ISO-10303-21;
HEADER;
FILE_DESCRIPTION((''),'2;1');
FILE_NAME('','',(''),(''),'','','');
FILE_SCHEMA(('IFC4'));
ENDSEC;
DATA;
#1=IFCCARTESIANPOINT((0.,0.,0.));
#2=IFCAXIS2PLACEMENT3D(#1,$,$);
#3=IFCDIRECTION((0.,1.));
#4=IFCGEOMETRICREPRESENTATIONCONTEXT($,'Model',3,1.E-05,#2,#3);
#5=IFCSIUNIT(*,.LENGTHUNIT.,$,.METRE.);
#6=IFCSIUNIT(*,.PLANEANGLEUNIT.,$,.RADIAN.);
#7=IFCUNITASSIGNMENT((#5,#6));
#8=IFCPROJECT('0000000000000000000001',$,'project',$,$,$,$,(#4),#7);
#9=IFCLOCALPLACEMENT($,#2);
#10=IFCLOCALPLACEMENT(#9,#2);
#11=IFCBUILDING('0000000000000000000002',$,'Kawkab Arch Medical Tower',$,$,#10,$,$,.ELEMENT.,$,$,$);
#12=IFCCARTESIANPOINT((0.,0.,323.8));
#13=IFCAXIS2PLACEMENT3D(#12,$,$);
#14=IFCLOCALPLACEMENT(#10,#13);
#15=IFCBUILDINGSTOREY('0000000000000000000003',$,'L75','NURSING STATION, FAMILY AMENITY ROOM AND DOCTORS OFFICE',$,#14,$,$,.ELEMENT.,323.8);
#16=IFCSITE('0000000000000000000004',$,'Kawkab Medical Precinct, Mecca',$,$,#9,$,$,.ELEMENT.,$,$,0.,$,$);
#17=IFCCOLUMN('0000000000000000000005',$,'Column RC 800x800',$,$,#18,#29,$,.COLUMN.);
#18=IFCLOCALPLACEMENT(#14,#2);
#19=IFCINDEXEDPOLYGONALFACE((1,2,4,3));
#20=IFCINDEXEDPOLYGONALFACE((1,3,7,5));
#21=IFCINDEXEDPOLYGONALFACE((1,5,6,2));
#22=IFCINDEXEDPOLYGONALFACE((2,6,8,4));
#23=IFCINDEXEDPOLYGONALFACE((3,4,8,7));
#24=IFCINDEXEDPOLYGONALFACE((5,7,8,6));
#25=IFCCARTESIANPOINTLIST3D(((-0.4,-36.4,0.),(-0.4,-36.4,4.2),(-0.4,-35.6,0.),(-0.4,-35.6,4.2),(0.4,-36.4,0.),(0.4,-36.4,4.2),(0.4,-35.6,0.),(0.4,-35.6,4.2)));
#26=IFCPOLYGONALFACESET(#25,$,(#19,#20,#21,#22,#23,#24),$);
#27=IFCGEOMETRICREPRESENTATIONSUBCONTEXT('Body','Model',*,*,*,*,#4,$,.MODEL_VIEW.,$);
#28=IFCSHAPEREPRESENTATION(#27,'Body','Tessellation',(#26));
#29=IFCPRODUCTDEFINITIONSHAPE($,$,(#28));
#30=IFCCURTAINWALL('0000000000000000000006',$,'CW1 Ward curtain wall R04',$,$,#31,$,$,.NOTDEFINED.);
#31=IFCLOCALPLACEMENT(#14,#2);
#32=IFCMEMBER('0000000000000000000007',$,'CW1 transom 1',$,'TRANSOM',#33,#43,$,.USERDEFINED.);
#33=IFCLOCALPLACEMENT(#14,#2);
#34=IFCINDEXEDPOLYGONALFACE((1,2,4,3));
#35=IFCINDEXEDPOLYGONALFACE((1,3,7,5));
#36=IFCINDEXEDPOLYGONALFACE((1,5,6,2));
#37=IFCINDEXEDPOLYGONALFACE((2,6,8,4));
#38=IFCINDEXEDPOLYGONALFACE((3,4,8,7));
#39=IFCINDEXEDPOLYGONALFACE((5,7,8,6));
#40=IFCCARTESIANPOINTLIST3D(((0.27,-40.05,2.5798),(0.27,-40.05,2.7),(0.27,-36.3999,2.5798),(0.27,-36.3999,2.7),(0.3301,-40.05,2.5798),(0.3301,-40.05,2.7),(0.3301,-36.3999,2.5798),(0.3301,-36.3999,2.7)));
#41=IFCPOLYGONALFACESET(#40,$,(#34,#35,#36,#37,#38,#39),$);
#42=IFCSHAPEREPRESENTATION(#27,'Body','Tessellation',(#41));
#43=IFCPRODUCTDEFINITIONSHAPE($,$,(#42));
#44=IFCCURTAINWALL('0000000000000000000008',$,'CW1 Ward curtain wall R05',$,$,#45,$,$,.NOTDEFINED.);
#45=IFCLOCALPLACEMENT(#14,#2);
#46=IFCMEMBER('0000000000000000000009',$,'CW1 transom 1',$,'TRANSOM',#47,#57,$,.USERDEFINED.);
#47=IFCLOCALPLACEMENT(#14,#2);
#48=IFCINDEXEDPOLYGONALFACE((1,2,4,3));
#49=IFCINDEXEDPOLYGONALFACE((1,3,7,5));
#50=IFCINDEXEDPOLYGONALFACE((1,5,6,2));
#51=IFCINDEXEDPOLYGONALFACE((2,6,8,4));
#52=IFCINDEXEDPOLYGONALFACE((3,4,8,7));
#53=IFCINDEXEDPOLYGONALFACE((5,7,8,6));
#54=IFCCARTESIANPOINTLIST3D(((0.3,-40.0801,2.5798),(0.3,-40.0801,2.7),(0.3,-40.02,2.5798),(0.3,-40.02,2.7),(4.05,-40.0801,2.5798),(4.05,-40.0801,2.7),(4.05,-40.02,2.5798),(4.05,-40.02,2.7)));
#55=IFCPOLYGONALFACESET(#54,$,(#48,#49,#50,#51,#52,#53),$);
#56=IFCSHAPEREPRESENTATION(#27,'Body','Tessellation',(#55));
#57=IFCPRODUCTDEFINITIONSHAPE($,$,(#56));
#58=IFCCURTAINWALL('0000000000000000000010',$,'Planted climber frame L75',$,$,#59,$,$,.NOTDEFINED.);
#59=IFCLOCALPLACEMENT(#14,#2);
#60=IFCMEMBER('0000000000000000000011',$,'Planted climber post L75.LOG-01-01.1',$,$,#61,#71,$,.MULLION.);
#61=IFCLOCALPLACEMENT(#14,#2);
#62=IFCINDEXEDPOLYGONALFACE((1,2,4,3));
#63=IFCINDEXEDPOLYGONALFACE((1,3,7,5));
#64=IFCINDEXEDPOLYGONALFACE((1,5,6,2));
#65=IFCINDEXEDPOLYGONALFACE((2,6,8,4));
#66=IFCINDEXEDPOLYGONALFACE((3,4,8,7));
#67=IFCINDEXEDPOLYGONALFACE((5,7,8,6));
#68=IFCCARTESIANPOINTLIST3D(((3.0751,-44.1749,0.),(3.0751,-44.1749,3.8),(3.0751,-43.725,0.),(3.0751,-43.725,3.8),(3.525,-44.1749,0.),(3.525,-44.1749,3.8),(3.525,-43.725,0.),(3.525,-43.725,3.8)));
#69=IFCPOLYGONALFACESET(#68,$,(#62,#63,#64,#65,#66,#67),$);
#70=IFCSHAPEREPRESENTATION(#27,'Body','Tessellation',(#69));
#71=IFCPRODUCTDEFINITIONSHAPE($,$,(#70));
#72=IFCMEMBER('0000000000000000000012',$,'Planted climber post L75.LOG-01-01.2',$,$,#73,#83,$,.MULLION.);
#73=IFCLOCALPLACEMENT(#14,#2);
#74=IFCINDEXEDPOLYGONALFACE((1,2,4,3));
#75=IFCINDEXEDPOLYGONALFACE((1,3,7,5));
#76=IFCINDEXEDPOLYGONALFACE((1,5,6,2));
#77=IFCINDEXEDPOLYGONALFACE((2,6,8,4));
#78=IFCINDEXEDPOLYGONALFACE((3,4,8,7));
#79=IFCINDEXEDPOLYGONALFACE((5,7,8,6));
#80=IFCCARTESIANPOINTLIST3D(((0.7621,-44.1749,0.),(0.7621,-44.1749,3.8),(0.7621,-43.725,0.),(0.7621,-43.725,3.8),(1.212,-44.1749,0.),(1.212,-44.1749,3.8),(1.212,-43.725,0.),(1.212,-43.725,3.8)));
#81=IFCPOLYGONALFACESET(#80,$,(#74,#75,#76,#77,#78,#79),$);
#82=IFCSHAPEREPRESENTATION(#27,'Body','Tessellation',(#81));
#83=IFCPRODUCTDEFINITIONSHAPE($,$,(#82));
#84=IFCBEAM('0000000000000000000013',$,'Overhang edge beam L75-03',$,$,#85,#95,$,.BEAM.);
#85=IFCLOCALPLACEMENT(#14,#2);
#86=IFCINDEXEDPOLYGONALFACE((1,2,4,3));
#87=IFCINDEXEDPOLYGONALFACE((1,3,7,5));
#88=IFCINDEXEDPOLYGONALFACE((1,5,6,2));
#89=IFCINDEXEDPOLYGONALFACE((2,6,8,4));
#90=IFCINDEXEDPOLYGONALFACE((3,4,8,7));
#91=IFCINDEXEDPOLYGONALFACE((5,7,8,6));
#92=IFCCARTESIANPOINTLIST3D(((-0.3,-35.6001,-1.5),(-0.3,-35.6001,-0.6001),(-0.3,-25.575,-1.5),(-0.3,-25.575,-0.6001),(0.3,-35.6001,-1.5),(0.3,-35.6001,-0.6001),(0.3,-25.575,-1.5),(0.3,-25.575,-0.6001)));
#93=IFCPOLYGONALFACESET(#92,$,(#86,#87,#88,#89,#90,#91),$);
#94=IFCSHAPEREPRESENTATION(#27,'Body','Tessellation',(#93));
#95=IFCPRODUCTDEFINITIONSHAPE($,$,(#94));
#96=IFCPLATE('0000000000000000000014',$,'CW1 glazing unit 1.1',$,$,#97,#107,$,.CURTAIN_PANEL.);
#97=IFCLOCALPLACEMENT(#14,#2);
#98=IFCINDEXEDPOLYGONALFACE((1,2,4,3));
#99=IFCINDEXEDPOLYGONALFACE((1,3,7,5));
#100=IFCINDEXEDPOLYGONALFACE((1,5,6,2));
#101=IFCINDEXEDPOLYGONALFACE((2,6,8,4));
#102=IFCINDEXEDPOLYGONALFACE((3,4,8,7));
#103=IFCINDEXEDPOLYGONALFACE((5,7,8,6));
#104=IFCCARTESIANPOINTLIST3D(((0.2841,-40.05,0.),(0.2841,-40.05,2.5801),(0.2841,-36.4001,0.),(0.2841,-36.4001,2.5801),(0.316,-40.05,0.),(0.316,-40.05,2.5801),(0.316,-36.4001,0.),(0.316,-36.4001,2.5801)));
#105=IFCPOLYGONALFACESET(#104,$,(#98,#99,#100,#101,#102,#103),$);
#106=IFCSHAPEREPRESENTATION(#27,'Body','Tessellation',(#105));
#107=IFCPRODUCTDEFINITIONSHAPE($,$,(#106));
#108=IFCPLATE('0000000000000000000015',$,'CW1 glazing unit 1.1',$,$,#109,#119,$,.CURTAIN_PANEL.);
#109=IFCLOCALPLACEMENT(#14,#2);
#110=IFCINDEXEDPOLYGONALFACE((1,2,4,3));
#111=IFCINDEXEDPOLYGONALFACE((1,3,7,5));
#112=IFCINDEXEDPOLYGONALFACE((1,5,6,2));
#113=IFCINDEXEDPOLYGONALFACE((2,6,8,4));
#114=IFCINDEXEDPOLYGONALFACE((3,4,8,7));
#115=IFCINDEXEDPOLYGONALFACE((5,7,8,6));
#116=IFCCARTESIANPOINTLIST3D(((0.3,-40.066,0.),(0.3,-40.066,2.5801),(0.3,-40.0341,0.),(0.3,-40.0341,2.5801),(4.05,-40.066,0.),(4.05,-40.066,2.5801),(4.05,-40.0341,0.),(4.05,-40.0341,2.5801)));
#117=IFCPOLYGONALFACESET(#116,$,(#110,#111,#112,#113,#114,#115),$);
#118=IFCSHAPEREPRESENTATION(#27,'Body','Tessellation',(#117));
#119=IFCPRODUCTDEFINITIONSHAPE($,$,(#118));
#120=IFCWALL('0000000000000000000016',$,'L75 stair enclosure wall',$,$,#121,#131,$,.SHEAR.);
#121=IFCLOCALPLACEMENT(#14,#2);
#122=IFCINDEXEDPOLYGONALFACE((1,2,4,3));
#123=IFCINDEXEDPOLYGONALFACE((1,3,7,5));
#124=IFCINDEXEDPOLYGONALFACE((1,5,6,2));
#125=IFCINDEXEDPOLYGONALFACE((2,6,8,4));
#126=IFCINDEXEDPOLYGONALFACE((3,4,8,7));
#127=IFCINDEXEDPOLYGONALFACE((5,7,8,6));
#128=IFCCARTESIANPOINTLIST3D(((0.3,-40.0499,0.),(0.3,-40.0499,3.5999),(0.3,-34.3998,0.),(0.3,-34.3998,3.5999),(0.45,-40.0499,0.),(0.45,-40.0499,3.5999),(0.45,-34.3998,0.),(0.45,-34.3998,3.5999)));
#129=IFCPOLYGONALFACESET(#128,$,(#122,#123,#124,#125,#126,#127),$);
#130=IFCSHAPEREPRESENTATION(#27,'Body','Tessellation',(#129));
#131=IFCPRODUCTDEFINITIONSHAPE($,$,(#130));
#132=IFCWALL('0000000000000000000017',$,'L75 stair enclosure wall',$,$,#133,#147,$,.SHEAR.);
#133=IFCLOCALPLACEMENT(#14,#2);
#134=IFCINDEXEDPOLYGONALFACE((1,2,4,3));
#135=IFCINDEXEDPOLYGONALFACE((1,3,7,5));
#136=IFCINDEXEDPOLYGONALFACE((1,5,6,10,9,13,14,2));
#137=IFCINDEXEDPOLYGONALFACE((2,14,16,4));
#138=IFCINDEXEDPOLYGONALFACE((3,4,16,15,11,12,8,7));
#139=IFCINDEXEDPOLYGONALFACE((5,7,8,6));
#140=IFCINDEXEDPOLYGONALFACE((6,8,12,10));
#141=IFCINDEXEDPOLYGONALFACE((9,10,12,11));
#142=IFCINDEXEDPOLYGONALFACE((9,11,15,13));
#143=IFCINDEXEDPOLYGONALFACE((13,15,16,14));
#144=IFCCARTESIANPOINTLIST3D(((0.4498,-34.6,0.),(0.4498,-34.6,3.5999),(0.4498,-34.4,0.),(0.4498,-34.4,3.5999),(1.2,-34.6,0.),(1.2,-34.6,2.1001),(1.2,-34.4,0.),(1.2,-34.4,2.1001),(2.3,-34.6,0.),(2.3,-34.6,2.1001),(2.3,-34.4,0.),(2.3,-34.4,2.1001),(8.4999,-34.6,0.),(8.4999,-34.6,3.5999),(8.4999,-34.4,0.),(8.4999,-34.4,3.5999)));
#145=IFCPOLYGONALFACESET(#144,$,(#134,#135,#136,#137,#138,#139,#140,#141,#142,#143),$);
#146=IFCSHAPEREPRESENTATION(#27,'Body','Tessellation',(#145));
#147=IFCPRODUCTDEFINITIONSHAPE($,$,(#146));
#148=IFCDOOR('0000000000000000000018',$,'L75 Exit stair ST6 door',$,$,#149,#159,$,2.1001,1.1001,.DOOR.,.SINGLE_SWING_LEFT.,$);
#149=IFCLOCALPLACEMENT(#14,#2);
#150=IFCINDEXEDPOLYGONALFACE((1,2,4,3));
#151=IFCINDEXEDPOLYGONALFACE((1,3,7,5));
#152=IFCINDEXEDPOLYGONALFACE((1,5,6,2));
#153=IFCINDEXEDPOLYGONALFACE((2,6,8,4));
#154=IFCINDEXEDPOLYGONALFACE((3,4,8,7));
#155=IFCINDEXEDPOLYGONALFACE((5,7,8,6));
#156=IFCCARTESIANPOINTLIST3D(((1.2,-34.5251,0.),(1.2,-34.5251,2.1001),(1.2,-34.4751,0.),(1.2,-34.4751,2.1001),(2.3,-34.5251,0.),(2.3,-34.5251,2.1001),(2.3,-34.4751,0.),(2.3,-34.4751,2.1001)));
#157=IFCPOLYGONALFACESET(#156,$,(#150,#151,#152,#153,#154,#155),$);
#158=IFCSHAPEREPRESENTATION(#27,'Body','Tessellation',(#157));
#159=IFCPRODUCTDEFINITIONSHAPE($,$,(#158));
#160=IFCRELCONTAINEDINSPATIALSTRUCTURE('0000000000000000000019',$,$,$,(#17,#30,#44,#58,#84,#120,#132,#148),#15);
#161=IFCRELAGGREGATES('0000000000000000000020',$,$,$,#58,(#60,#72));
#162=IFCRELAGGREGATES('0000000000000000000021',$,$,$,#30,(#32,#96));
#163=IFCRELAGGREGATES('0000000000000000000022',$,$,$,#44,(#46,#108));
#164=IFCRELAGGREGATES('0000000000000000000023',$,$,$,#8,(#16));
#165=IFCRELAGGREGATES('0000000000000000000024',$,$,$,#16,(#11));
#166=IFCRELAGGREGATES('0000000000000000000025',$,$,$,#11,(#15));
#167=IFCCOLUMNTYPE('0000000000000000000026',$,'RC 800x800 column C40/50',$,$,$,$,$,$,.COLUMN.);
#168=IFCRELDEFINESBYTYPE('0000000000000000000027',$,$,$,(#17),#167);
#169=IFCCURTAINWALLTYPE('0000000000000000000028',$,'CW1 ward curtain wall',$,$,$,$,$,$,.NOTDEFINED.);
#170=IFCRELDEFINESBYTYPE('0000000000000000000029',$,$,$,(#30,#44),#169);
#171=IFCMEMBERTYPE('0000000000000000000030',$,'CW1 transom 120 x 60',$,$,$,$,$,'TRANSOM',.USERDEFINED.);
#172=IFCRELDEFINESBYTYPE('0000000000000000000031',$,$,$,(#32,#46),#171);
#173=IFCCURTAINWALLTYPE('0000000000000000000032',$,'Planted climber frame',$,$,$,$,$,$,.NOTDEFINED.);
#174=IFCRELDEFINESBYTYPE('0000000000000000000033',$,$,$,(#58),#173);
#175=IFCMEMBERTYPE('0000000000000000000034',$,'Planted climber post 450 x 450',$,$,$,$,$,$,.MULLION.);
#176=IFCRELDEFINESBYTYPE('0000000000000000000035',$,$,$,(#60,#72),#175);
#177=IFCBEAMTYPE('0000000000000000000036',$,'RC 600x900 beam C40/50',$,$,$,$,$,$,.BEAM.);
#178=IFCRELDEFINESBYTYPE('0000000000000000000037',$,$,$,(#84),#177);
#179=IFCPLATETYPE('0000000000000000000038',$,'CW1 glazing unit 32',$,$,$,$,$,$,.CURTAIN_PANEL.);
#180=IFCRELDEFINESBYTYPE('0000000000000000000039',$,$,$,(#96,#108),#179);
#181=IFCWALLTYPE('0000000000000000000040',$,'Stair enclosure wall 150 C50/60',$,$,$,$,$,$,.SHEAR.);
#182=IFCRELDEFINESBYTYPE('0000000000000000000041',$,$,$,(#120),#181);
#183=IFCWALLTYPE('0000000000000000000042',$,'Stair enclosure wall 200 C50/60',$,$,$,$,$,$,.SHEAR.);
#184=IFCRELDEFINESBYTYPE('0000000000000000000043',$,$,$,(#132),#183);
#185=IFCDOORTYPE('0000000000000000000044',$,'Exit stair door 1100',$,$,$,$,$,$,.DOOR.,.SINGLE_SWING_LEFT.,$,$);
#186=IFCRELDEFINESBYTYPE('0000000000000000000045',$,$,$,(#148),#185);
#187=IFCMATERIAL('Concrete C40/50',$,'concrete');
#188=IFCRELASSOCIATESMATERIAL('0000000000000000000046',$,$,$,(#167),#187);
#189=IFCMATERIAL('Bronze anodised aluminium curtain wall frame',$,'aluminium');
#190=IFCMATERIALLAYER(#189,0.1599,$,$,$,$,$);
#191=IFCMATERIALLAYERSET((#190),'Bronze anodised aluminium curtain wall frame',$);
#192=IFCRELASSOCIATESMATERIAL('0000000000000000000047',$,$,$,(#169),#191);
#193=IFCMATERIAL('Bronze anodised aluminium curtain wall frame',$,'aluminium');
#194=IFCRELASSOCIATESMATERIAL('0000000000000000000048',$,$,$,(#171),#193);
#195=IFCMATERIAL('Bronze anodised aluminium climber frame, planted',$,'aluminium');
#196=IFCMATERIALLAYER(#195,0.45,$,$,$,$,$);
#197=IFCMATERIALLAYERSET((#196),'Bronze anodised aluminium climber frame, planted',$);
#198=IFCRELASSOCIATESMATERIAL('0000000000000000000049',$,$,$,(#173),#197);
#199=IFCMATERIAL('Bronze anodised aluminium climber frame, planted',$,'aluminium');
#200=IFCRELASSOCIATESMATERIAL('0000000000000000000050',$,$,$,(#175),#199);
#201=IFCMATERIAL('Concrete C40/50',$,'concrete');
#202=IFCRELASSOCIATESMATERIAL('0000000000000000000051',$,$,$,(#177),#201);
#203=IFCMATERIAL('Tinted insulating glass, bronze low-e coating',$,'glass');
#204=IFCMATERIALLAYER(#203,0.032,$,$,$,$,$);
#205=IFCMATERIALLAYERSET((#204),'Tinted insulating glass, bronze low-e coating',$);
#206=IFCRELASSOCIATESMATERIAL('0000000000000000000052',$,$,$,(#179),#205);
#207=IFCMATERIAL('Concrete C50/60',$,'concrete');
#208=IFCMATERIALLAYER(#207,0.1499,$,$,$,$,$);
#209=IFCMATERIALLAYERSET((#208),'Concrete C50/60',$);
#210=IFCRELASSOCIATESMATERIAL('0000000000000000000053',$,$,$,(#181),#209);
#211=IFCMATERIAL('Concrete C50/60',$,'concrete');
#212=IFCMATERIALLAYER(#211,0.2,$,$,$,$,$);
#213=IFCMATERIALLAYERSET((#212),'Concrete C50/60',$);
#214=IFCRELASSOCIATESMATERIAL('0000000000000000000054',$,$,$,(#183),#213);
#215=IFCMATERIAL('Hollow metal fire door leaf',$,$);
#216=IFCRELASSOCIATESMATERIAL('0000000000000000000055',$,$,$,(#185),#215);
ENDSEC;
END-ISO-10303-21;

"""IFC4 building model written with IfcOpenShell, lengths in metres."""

from ifc_helpers import new_model, si_unit, direction, frame, frame_2d, origin, origin_2d, place, context, subcontext, project, spatial, rectangle, extrude, material, layer, layer_set, material_profile, profile_set, type_object, element, fill, aggregate, save


model = new_model("IFC4")

# Units and contexts
model_context = context("Model", 3, precision=1e-05, world=origin(), true_north=direction((0.0, 1.0)))
body_context = subcontext(model_context, "Body", "Model", "MODEL_VIEW")
ifc_project = project(units=[si_unit("LENGTHUNIT", "METRE"), si_unit("PLANEANGLEUNIT", "RADIAN")], contexts=[model_context])

# Site, building, storey
site_placement = place(None, origin())
site = spatial("IfcSite", under=ifc_project, at=site_placement, Name="Kawkab Medical Precinct, Mecca", CompositionType="ELEMENT", RefElevation=0.0)
building_placement = place(site_placement, origin())
building = spatial("IfcBuilding", under=site, at=building_placement, Name="Kawkab Arch Medical Tower", CompositionType="ELEMENT")
storey_placement = place(building_placement, frame((0.0, 0.0, 323.8)))
storey = spatial("IfcBuildingStorey", under=building, at=storey_placement, Name="L75", Description="NURSING STATION, FAMILY AMENITY ROOM AND DOCTORS OFFICE", CompositionType="ELEMENT", Elevation=323.8)

# Column
ifc_material_1 = material(Name="Concrete C40/50", Category="concrete")
ifc_material_profile_1 = material_profile(ifc_material_1, rectangle(XDim=0.8, YDim=0.8, at=origin_2d()), Name="RC 800x800")
ifc_profile_set_1 = profile_set([ifc_material_profile_1], Name="Concrete C40/50")
column_type = type_object("IfcColumnType", Name="RC 800x800 column C40/50", PredefinedType="COLUMN", material=ifc_profile_set_1)
column_placement = place(storey_placement, frame((0.0, -36.0, 0.0), z_axis=(0.0, 0.0, 1.0), x_axis=(1.0, 0.0, 0.0)))
element("IfcColumn", 1, at=column_placement, inside=storey, type_object=column_type, Name="Column RC 800x800", PredefinedType="COLUMN", context=body_context, shape_type="SweptSolid", body=[
    extrude(rectangle(XDim=0.8, YDim=0.8, at=origin_2d()), origin(), (0.0, 0.0, 1.0), 4.2),
])

# Curtain walls, members
ifc_material_2 = material(Name="Bronze anodised aluminium curtain wall frame", Category="aluminium")
ifc_layer_1 = layer(ifc_material_2, 0.1599)
ifc_layer_set_1 = layer_set([ifc_layer_1], Name="Bronze anodised aluminium curtain wall frame")
curtain_wall_type_1 = type_object("IfcCurtainWallType", Name="CW1 ward curtain wall", PredefinedType="NOTDEFINED", material=ifc_layer_set_1)
placement = place(storey_placement, origin())
curtain_wall_1 = element("IfcCurtainWall", 2, at=placement, inside=storey, type_object=curtain_wall_type_1, Name="CW1 Ward curtain wall R04", PredefinedType="NOTDEFINED")
ifc_material_3 = material(Name="Bronze anodised aluminium curtain wall frame", Category="aluminium")
ifc_material_profile_2 = material_profile(ifc_material_3, rectangle(XDim=0.0601, YDim=0.1201, at=origin_2d()), Name="AL 60x120")
ifc_profile_set_2 = profile_set([ifc_material_profile_2], Name="Bronze anodised aluminium curtain wall frame")
member_type_1 = type_object("IfcMemberType", Name="CW1 transom 120 x 60", ElementType="TRANSOM", PredefinedType="USERDEFINED", material=ifc_profile_set_2)
member_1_placement = place(storey_placement, frame((0.3, -36.3999, 2.6399), z_axis=(0.0, -1.0, 0.0), x_axis=(1.0, 0.0, 0.0)))
member_1 = element("IfcMember", 3, at=member_1_placement, type_object=member_type_1, Name="CW1 transom 1", ObjectType="TRANSOM", PredefinedType="USERDEFINED", context=body_context, shape_type="SweptSolid", body=[
    extrude(rectangle(XDim=0.0601, YDim=0.1201, at=origin_2d()), origin(), (0.0, 0.0, 1.0), 3.6501),
])
curtain_wall_2 = element("IfcCurtainWall", 4, at=placement, inside=storey, type_object=curtain_wall_type_1, Name="CW1 Ward curtain wall R05", PredefinedType="NOTDEFINED")
member_2_placement = place(storey_placement, frame((0.3, -40.05, 2.6399), z_axis=(1.0, 0.0, 0.0), x_axis=(0.0, 1.0, 0.0)))
member_2 = element("IfcMember", 5, at=member_2_placement, type_object=member_type_1, Name="CW1 transom 1", ObjectType="TRANSOM", PredefinedType="USERDEFINED", context=body_context, shape_type="SweptSolid", body=[
    extrude(rectangle(XDim=0.0601, YDim=0.1201, at=origin_2d()), origin(), (0.0, 0.0, 1.0), 3.75),
])

# Curtain wall, members
ifc_material_4 = material(Name="Bronze anodised aluminium climber frame, planted", Category="aluminium")
ifc_layer_2 = layer(ifc_material_4, 0.45)
ifc_layer_set_2 = layer_set([ifc_layer_2], Name="Bronze anodised aluminium climber frame, planted")
curtain_wall_type_2 = type_object("IfcCurtainWallType", Name="Planted climber frame", PredefinedType="NOTDEFINED", material=ifc_layer_set_2)
curtain_wall_3 = element("IfcCurtainWall", 6, at=placement, inside=storey, type_object=curtain_wall_type_2, Name="Planted climber frame L75", PredefinedType="NOTDEFINED")
ifc_material_5 = material(Name="Bronze anodised aluminium climber frame, planted", Category="aluminium")
ifc_material_profile_3 = material_profile(ifc_material_5, rectangle(XDim=0.45, YDim=0.45, at=origin_2d()), Name="Post 450x450")
ifc_profile_set_3 = profile_set([ifc_material_profile_3], Name="Bronze anodised aluminium climber frame, planted")
member_type_2 = type_object("IfcMemberType", Name="Planted climber post 450 x 450", PredefinedType="MULLION", material=ifc_profile_set_3)
member_3_placement = place(storey_placement, frame((3.3, -43.95, 0.0), z_axis=(0.0, 0.0, 1.0), x_axis=(1.0, 0.0, 0.0)))
member_3 = element("IfcMember", 7, at=member_3_placement, type_object=member_type_2, Name="Planted climber post L75.LOG-01-01.1", PredefinedType="MULLION", context=body_context, shape_type="SweptSolid", body=[
    extrude(rectangle(XDim=0.45, YDim=0.45, at=origin_2d()), origin(), (0.0, 0.0, 1.0), 3.8),
])
member_4_placement = place(storey_placement, frame((0.9871, -43.95, 0.0), z_axis=(0.0, 0.0, 1.0), x_axis=(1.0, 0.0, 0.0)))
member_4 = element("IfcMember", 8, at=member_4_placement, type_object=member_type_2, Name="Planted climber post L75.LOG-01-01.2", PredefinedType="MULLION", context=body_context, shape_type="SweptSolid", body=[
    extrude(rectangle(XDim=0.45, YDim=0.45, at=origin_2d()), origin(), (0.0, 0.0, 1.0), 3.8),
])
aggregate(curtain_wall_3, [member_3, member_4])

# Beam
ifc_material_6 = material(Name="Concrete C40/50", Category="concrete")
ifc_material_profile_4 = material_profile(ifc_material_6, rectangle(XDim=0.6001, YDim=0.8999, at=origin_2d()), Name="RC 600x900")
ifc_profile_set_4 = profile_set([ifc_material_profile_4], Name="Concrete C40/50")
beam_type = type_object("IfcBeamType", Name="RC 600x900 beam C40/50", PredefinedType="BEAM", material=ifc_profile_set_4)
beam_placement = place(storey_placement, frame((0.0, -35.6001, -1.05), z_axis=(0.0, 1.0, 0.0), x_axis=(-1.0, 0.0, 0.0)))
element("IfcBeam", 9, at=beam_placement, inside=storey, type_object=beam_type, Name="Overhang edge beam L75-03", PredefinedType="BEAM", context=body_context, shape_type="SweptSolid", body=[
    extrude(rectangle(XDim=0.6001, YDim=0.8999, at=origin_2d()), origin(), (0.0, 0.0, 1.0), 10.0251),
])

# Plates
ifc_material_7 = material(Name="Tinted insulating glass, bronze low-e coating", Category="glass")
ifc_layer_3 = layer(ifc_material_7, 0.032)
ifc_layer_set_3 = layer_set([ifc_layer_3], Name="Tinted insulating glass, bronze low-e coating")
plate_type = type_object("IfcPlateType", Name="CW1 glazing unit 32", PredefinedType="CURTAIN_PANEL", material=ifc_layer_set_3)
plate_1_placement = place(storey_placement, frame((0.3, -38.2251, 0.0), z_axis=(0.0, 0.0, 1.0), x_axis=(0.0, -1.0, 0.0)))
plate_1 = element("IfcPlate", 10, at=plate_1_placement, type_object=plate_type, Name="CW1 glazing unit 1.1", PredefinedType="CURTAIN_PANEL", context=body_context, shape_type="SweptSolid", body=[
    extrude(rectangle(XDim=3.6499, YDim=0.032, at=origin_2d()), origin(), (0.0, 0.0, 1.0), 2.5801),
])
aggregate(curtain_wall_1, [member_1, plate_1])
plate_2_placement = place(storey_placement, frame((2.175, -40.05, 0.0), z_axis=(0.0, 0.0, 1.0), x_axis=(1.0, 0.0, 0.0)))
plate_2 = element("IfcPlate", 11, at=plate_2_placement, type_object=plate_type, Name="CW1 glazing unit 1.1", PredefinedType="CURTAIN_PANEL", context=body_context, shape_type="SweptSolid", body=[
    extrude(rectangle(XDim=3.75, YDim=0.032, at=origin_2d()), origin(), (0.0, 0.0, 1.0), 2.5801),
])
aggregate(curtain_wall_2, [member_2, plate_2])

# Wall
ifc_material_8 = material(Name="Concrete C50/60", Category="concrete")
ifc_layer_4 = layer(ifc_material_8, 0.1499)
ifc_layer_set_4 = layer_set([ifc_layer_4], Name="Concrete C50/60")
wall_type_1 = type_object("IfcWallType", Name="Stair enclosure wall 150 C50/60", PredefinedType="SHEAR", material=ifc_layer_set_4)
wall_1_placement = place(storey_placement, frame((0.375, -40.05, 0.0), z_axis=(0.0, 0.0, 1.0), x_axis=(0.0, 1.0, 0.0)))
element("IfcWall", 12, at=wall_1_placement, inside=storey, type_object=wall_type_1, Name="L75 stair enclosure wall", PredefinedType="SHEAR", context=body_context, shape_type="SweptSolid", body=[
    extrude(rectangle(XDim=5.6501, YDim=0.1499, at=frame_2d((2.8252, 0.0))), origin(), (0.0, 0.0, 1.0), 3.5999),
])

# Wall, opening, door
ifc_material_9 = material(Name="Concrete C50/60", Category="concrete")
ifc_layer_5 = layer(ifc_material_9, 0.2)
ifc_layer_set_5 = layer_set([ifc_layer_5], Name="Concrete C50/60")
wall_type_2 = type_object("IfcWallType", Name="Stair enclosure wall 200 C50/60", PredefinedType="SHEAR", material=ifc_layer_set_5)
wall_2_placement = place(storey_placement, frame((0.45, -34.5, 0.0), z_axis=(0.0, 0.0, 1.0), x_axis=(1.0, 0.0, 0.0)))
wall_2 = element("IfcWall", 13, at=wall_2_placement, inside=storey, type_object=wall_type_2, Name="L75 stair enclosure wall", PredefinedType="SHEAR", context=body_context, shape_type="SweptSolid", body=[
    extrude(rectangle(XDim=8.05, YDim=0.2, at=frame_2d((4.0249, 0.0))), origin(), (0.0, 0.0, 1.0), 3.5999),
])
opening_1_placement = place(wall_2_placement, frame((0.75, 0.0, 0.0)))
opening_1 = element("IfcOpeningElement", 14, at=opening_1_placement, cuts=wall_2, PredefinedType="OPENING", context=body_context, shape_type="SweptSolid", body=[
    extrude(rectangle(XDim=1.1001, YDim=2.1001, at=frame_2d((0.55, 1.05))), frame((0.0, 0.1099, 0.0), z_axis=(0.0, -1.0, 0.0), x_axis=(1.0, 0.0, 0.0)), (0.0, 0.0, 1.0), 0.22),
])
ifc_material_10 = material(Name="Hollow metal fire door leaf")
door_type_1 = type_object("IfcDoorType", Name="Exit stair door 1100", OperationType="SINGLE_SWING_LEFT", PredefinedType="DOOR", material=ifc_material_10)
door_1_placement = place(opening_1_placement, origin())
door_1 = element("IfcDoor", 15, at=door_1_placement, inside=storey, type_object=door_type_1, Name="L75 Exit stair ST6 door", OperationType="SINGLE_SWING_LEFT", OverallHeight=2.1001, OverallWidth=1.1001, PredefinedType="DOOR", context=body_context, shape_type="SweptSolid", body=[
    extrude(rectangle(XDim=1.1001, YDim=2.1001, at=frame_2d((0.55, 1.05))), frame((0.0, 0.0249, 0.0), z_axis=(0.0, -1.0, 0.0), x_axis=(1.0, 0.0, 0.0)), (0.0, 0.0, 1.0), 0.05),
])
fill(opening_1, door_1)

save(model, "model.ifc")
